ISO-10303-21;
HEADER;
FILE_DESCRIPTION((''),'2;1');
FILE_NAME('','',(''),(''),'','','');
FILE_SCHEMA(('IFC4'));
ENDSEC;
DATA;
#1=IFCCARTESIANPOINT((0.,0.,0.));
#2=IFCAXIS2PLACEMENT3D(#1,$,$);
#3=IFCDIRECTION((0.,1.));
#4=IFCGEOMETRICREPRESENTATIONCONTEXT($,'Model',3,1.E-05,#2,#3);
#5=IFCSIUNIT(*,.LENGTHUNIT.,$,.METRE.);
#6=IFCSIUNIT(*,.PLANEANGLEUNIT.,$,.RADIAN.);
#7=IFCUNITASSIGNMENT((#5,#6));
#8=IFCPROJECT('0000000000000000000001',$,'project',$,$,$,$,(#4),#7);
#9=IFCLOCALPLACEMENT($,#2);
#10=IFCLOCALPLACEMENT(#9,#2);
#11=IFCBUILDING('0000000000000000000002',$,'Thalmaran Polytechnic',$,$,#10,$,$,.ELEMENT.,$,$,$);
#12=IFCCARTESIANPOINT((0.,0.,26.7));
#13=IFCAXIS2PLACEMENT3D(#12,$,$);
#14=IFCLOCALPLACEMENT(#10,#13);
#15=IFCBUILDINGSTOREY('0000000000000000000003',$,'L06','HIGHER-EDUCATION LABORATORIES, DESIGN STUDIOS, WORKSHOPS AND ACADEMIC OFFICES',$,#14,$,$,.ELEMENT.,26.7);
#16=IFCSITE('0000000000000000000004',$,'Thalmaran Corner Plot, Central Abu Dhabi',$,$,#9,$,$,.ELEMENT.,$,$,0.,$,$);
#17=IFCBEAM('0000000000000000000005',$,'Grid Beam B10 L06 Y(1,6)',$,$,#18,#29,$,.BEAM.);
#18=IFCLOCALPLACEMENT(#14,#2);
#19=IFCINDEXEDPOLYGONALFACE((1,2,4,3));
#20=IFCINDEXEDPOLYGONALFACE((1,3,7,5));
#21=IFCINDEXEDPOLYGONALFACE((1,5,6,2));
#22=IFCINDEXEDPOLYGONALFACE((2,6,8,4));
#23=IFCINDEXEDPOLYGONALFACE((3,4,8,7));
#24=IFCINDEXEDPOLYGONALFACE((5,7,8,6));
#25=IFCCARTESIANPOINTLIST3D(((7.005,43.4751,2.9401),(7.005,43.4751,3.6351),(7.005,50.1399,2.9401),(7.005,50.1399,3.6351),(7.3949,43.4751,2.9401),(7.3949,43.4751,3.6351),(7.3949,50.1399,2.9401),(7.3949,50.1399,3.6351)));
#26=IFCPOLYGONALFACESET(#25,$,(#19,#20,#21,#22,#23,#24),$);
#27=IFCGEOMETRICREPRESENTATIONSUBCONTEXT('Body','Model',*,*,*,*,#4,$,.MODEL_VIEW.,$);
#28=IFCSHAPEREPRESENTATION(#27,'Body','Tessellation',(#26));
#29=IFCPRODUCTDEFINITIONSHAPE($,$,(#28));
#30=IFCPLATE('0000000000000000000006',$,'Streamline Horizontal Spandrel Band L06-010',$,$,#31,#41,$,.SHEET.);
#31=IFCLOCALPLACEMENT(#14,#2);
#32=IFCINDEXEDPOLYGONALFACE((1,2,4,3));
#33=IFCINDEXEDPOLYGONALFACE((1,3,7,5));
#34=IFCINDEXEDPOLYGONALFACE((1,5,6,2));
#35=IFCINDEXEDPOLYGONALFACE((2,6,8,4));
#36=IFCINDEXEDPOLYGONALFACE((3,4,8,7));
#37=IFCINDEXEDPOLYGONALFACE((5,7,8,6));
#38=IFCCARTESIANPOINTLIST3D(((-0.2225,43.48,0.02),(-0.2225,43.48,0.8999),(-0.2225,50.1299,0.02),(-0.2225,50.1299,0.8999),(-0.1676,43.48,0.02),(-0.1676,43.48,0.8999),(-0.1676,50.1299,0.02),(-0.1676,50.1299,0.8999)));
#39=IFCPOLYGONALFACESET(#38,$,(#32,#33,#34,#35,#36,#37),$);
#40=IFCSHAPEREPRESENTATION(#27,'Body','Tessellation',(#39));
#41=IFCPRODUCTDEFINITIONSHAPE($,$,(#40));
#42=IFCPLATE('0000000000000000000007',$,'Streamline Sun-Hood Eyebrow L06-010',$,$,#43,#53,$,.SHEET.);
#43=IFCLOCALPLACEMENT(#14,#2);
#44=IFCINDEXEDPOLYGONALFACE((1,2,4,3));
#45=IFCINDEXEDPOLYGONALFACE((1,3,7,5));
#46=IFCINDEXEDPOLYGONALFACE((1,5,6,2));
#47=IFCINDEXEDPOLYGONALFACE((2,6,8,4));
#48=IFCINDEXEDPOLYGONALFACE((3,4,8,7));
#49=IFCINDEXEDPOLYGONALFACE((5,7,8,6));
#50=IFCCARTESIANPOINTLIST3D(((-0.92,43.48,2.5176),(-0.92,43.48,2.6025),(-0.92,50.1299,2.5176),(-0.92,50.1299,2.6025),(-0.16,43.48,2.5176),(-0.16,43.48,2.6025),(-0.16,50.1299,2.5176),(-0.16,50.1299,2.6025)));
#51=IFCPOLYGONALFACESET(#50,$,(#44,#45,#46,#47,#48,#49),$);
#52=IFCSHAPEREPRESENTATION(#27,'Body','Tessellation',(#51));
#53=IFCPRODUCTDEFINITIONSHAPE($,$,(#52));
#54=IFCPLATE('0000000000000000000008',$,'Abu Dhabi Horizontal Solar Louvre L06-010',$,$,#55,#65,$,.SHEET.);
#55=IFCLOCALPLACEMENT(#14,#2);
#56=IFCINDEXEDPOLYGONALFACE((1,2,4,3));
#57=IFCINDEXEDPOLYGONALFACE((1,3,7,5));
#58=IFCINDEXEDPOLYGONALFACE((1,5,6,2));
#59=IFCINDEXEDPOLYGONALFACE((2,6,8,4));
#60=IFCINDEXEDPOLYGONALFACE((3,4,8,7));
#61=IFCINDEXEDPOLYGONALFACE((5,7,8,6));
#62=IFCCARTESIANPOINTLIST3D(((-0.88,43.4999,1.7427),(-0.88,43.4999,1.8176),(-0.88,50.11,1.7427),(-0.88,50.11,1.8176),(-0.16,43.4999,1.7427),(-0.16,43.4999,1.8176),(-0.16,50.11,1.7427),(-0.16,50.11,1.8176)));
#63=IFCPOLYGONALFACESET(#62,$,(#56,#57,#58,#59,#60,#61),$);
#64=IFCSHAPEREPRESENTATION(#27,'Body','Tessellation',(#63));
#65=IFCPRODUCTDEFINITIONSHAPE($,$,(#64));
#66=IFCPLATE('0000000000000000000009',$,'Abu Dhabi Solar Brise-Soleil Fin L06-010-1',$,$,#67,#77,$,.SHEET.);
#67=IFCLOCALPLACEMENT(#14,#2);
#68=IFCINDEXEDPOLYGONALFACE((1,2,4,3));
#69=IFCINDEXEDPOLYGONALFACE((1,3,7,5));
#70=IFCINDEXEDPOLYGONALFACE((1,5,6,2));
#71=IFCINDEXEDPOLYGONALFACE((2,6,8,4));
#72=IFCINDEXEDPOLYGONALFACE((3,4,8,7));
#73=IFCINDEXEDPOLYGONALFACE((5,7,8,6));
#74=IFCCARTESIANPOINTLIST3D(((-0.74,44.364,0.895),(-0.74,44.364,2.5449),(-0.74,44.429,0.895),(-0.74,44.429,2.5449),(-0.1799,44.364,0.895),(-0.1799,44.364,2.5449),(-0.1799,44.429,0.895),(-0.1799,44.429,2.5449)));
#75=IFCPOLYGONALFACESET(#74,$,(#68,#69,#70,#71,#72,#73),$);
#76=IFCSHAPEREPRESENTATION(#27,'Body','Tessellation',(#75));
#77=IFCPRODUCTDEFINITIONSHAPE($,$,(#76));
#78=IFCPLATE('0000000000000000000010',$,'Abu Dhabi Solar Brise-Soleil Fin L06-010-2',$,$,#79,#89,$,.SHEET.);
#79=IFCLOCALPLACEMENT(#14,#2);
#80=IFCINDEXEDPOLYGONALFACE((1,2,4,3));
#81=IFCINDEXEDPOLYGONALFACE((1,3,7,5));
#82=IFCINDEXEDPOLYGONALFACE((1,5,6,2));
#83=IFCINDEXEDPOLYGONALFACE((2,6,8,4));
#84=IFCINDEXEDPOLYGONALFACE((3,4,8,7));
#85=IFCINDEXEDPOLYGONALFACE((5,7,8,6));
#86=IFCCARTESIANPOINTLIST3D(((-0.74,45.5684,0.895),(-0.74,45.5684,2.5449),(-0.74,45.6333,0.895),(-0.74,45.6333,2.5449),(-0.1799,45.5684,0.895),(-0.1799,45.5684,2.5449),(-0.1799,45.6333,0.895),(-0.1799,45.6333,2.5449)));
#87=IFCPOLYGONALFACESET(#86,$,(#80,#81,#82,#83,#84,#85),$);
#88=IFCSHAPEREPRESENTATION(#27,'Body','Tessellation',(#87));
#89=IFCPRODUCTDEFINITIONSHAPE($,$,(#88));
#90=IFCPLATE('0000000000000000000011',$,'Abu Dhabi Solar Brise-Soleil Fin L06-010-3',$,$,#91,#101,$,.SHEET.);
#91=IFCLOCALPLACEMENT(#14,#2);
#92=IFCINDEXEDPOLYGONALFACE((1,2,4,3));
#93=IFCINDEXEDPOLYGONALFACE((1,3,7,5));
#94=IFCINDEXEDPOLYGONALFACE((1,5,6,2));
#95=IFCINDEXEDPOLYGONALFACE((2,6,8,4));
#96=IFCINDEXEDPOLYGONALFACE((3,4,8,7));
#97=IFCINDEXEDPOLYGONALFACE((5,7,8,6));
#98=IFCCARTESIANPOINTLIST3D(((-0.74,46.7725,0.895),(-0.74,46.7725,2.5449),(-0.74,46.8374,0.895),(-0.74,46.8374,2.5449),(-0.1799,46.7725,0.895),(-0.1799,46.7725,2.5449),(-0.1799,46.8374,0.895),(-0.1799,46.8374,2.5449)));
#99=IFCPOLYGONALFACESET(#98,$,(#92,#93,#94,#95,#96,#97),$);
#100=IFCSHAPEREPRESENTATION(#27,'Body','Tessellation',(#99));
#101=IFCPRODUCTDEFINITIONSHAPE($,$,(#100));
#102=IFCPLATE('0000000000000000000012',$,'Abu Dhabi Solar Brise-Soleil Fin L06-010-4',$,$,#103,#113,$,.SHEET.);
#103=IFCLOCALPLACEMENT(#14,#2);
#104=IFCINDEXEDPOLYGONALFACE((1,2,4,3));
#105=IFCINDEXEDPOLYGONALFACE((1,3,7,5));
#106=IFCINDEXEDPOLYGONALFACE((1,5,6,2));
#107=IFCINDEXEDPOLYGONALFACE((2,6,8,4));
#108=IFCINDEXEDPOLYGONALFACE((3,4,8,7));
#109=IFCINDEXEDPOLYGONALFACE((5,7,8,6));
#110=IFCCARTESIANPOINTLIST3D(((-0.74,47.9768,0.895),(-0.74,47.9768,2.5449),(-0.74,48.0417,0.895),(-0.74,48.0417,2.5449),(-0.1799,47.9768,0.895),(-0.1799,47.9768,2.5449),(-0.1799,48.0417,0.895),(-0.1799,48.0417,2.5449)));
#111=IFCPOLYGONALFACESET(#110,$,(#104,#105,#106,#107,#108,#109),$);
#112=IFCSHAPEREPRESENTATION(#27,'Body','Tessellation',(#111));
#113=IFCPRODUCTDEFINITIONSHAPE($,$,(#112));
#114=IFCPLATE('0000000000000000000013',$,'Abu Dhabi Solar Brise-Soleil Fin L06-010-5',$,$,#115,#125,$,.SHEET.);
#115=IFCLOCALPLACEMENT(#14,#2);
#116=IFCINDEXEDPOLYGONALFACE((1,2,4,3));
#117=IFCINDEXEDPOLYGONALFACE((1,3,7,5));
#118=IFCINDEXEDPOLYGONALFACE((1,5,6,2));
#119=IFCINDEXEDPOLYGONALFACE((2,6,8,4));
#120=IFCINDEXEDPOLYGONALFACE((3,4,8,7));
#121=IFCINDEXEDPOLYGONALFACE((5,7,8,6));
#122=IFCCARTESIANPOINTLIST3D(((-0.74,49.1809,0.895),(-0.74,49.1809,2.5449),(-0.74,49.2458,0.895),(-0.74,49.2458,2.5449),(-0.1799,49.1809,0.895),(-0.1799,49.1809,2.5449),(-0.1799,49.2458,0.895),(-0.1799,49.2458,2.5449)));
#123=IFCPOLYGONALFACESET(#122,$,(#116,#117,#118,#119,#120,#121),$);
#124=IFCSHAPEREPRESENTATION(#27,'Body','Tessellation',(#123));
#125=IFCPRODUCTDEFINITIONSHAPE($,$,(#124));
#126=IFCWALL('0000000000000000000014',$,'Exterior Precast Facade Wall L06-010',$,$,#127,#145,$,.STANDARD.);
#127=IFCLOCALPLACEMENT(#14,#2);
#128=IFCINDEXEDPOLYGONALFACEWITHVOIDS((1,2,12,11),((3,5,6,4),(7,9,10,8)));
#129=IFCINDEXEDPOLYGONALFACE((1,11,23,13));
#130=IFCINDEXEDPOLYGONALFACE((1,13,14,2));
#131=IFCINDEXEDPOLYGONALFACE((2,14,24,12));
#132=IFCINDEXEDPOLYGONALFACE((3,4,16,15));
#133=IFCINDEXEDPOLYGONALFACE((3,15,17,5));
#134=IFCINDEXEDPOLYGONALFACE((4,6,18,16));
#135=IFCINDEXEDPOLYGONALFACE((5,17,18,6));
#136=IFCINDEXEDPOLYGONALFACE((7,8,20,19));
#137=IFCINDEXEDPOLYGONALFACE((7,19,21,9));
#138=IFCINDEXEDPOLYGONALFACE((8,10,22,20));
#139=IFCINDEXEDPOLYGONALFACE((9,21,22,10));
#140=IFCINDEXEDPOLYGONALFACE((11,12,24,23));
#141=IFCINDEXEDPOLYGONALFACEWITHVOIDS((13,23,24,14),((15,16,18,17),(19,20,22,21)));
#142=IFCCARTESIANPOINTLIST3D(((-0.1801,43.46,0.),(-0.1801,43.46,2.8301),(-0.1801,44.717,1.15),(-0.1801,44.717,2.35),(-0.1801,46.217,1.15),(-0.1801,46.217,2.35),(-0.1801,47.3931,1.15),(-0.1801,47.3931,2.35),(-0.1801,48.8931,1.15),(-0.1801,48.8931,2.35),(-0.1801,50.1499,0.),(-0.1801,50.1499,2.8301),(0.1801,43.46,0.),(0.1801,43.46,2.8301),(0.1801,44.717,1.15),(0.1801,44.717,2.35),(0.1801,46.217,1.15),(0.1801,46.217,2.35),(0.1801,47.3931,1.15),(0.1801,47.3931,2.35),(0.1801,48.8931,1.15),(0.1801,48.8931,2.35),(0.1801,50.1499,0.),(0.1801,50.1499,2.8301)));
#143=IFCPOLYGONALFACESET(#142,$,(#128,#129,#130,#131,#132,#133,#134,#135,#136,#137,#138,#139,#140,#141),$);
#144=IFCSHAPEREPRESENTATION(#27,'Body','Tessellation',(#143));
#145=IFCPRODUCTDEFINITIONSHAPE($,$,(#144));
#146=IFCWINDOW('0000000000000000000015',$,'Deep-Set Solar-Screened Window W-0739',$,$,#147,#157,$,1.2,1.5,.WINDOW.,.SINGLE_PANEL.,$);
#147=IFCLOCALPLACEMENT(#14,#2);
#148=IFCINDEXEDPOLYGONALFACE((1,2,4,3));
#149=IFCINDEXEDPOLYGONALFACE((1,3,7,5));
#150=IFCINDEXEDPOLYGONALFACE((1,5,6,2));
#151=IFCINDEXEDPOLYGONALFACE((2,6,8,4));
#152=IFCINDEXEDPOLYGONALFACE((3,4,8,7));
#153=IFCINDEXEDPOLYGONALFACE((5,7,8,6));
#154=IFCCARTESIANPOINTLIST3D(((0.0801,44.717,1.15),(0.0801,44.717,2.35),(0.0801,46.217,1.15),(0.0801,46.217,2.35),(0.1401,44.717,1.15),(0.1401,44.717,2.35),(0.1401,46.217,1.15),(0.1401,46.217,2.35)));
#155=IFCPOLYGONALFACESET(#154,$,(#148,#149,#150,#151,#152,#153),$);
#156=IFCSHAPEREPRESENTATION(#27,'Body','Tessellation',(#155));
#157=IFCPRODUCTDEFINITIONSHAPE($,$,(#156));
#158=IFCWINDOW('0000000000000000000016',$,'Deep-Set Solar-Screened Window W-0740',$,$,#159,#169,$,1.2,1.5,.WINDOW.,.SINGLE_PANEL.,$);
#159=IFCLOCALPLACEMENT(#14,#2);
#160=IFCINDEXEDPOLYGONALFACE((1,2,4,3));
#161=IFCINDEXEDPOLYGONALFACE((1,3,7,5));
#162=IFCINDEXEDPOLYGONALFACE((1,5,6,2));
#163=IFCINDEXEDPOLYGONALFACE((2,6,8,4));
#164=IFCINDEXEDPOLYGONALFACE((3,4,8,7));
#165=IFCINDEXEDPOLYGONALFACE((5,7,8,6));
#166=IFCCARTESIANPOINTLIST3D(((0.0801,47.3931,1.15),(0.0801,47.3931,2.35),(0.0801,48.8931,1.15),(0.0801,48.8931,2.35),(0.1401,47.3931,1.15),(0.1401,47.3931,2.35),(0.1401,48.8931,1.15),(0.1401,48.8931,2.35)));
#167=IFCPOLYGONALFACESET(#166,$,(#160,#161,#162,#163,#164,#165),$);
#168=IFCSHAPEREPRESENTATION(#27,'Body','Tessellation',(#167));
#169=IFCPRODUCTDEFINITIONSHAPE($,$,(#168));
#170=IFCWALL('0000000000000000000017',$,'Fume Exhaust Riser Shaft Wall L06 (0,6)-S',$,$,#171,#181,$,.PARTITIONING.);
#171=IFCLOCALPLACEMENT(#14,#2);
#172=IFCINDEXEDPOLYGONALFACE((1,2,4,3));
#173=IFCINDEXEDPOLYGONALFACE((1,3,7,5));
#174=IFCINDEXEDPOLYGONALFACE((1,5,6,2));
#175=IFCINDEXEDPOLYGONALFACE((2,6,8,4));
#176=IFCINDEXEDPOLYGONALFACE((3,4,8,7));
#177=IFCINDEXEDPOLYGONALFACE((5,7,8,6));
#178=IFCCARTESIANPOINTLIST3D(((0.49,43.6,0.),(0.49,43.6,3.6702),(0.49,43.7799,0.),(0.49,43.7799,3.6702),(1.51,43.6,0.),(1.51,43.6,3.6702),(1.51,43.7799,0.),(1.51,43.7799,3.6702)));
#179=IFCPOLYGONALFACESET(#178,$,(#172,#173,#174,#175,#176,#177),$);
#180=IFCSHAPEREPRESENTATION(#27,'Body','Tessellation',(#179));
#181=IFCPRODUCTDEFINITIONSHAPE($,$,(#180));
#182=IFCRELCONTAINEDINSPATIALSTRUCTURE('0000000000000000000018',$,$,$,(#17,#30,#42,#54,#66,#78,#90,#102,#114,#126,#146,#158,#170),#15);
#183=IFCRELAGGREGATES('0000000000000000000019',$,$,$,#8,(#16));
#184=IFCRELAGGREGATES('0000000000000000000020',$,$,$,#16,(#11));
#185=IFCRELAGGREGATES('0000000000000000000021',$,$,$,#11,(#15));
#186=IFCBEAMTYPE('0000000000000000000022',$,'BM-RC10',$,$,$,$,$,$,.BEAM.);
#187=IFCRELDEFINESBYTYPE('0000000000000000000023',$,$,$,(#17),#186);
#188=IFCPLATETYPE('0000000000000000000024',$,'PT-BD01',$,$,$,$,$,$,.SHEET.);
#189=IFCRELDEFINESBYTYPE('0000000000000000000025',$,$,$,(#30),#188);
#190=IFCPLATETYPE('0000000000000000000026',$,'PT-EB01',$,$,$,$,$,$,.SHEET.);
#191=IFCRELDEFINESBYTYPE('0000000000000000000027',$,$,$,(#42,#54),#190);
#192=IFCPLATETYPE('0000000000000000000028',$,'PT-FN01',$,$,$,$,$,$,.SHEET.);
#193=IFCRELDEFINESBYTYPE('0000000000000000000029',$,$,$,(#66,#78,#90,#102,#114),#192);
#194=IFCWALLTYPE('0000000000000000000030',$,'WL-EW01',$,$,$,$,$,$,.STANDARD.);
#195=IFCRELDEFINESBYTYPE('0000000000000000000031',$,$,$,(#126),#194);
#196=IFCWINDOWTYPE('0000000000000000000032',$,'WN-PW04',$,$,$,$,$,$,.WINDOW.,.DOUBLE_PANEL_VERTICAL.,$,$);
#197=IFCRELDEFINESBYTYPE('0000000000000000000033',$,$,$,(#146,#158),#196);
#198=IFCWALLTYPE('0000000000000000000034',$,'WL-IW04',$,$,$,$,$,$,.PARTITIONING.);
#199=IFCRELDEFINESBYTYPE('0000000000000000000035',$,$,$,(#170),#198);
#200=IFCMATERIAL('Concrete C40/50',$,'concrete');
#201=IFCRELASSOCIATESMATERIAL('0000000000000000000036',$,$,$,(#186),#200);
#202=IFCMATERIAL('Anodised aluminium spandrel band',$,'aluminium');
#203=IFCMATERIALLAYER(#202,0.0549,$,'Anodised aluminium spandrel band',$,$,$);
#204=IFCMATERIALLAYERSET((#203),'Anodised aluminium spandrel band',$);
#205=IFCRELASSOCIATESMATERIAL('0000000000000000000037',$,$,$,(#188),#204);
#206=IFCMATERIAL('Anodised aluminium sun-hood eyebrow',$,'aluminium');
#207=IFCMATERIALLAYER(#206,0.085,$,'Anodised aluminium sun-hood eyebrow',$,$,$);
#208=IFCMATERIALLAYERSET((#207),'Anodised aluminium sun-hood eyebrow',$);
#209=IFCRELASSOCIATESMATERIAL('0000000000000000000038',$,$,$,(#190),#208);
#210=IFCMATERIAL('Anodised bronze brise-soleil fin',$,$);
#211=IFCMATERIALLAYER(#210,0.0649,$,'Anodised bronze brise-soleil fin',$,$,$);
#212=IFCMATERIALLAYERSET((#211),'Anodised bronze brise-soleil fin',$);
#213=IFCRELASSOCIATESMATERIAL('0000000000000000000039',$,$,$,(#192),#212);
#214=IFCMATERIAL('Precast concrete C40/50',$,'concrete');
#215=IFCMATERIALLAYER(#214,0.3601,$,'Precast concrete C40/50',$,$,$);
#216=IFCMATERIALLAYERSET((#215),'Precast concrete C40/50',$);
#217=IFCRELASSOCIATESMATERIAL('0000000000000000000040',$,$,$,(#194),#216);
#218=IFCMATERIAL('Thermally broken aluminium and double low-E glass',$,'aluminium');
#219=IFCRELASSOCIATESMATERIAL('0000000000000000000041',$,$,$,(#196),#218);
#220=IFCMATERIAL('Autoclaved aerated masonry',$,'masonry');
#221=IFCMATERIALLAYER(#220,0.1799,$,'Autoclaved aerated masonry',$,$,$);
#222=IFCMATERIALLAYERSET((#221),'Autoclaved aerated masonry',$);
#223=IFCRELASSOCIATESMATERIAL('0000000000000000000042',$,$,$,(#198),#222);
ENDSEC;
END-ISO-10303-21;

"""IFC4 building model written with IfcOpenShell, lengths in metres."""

from ifc_helpers import new_model, si_unit, direction, frame, frame_2d, origin, origin_2d, place, context, subcontext, project, spatial, rectangle, extrude, material, layer, layer_set, material_profile, profile_set, type_object, element, fill, save


model = new_model("IFC4")

# Units and contexts
model_context = context("Model", 3, precision=1e-05, world=origin(), true_north=direction((0.0, 1.0)))
body_context = subcontext(model_context, "Body", "Model", "MODEL_VIEW")
ifc_project = project(units=[si_unit("LENGTHUNIT", "METRE"), si_unit("PLANEANGLEUNIT", "RADIAN")], contexts=[model_context])

# Site, building, storey
site_placement = place(None, origin())
site = spatial("IfcSite", under=ifc_project, at=site_placement, Name="Thalmaran Corner Plot, Central Abu Dhabi", CompositionType="ELEMENT", RefElevation=0.0)
building_placement = place(site_placement, origin())
building = spatial("IfcBuilding", under=site, at=building_placement, Name="Thalmaran Polytechnic", CompositionType="ELEMENT")
storey_placement = place(building_placement, frame((0.0, 0.0, 26.7)))
storey = spatial("IfcBuildingStorey", under=building, at=storey_placement, Name="L06", Description="HIGHER-EDUCATION LABORATORIES, DESIGN STUDIOS, WORKSHOPS AND ACADEMIC OFFICES", CompositionType="ELEMENT", Elevation=26.7)

# Beam
ifc_material_1 = material(Name="Concrete C40/50", Category="concrete")
ifc_material_profile = material_profile(ifc_material_1, rectangle(XDim=0.3899, YDim=0.6951, at=origin_2d()), Name="RC 390x695")
ifc_profile_set = profile_set([ifc_material_profile], Name="Concrete C40/50")
beam_type = type_object("IfcBeamType", Name="BM-RC10", PredefinedType="BEAM", material=ifc_profile_set)
beam_placement = place(storey_placement, frame((7.2, 43.4751, 3.2876), z_axis=(0.0, 1.0, 0.0), x_axis=(-1.0, 0.0, 0.0)))
element("IfcBeam", 1, at=beam_placement, inside=storey, type_object=beam_type, Name="Grid Beam B10 L06 Y(1,6)", PredefinedType="BEAM", context=body_context, shape_type="SweptSolid", body=[
    extrude(rectangle(XDim=0.3899, YDim=0.6951, at=origin_2d()), origin(), (0.0, 0.0, 1.0), 6.6648),
])

# Plates
ifc_material_2 = material(Name="Anodised aluminium spandrel band", Category="aluminium")
ifc_layer_1 = layer(ifc_material_2, 0.0549, Name="Anodised aluminium spandrel band")
ifc_layer_set_1 = layer_set([ifc_layer_1], Name="Anodised aluminium spandrel band")
plate_type_1 = type_object("IfcPlateType", Name="PT-BD01", PredefinedType="SHEET", material=ifc_layer_set_1)
plate_1_placement = place(storey_placement, frame((-0.1951, 46.8049, 0.02), z_axis=(0.0, 0.0, 1.0), x_axis=(0.0, 1.0, 0.0)))
element("IfcPlate", 2, at=plate_1_placement, inside=storey, type_object=plate_type_1, Name="Streamline Horizontal Spandrel Band L06-010", PredefinedType="SHEET", context=body_context, shape_type="SweptSolid", body=[
    extrude(rectangle(XDim=6.6499, YDim=0.0549, at=origin_2d()), origin(), (0.0, 0.0, 1.0), 0.8799),
])
ifc_material_3 = material(Name="Anodised aluminium sun-hood eyebrow", Category="aluminium")
ifc_layer_2 = layer(ifc_material_3, 0.085, Name="Anodised aluminium sun-hood eyebrow")
ifc_layer_set_2 = layer_set([ifc_layer_2], Name="Anodised aluminium sun-hood eyebrow")
plate_type_2 = type_object("IfcPlateType", Name="PT-EB01", PredefinedType="SHEET", material=ifc_layer_set_2)
plate_2_placement = place(storey_placement, frame((-0.54, 46.8049, 2.5176), z_axis=(0.0, 0.0, 1.0), x_axis=(0.0, 1.0, 0.0)))
element("IfcPlate", 3, at=plate_2_placement, inside=storey, type_object=plate_type_2, Name="Streamline Sun-Hood Eyebrow L06-010", PredefinedType="SHEET", context=body_context, shape_type="SweptSolid", body=[
    extrude(rectangle(XDim=6.6499, YDim=0.76, at=origin_2d()), origin(), (0.0, 0.0, 1.0), 0.085),
])
plate_3_placement = place(storey_placement, frame((-0.52, 46.8049, 1.7427), z_axis=(0.0, 0.0, 1.0), x_axis=(0.0, 1.0, 0.0)))
element("IfcPlate", 4, at=plate_3_placement, inside=storey, type_object=plate_type_2, Name="Abu Dhabi Horizontal Solar Louvre L06-010", PredefinedType="SHEET", context=body_context, shape_type="SweptSolid", body=[
    extrude(rectangle(XDim=6.6101, YDim=0.72, at=origin_2d()), origin(), (0.0, 0.0, 1.0), 0.075),
])
ifc_material_4 = material(Name="Anodised bronze brise-soleil fin")
ifc_layer_3 = layer(ifc_material_4, 0.0649, Name="Anodised bronze brise-soleil fin")
ifc_layer_set_3 = layer_set([ifc_layer_3], Name="Anodised bronze brise-soleil fin")
plate_type_3 = type_object("IfcPlateType", Name="PT-FN01", PredefinedType="SHEET", material=ifc_layer_set_3)
for number, where, z_axis, x_axis, name in (
    (5, (-0.46, 44.3965, 0.895), (0.0, 0.0, 1.0), (0.0, 1.0, 0.0), "Abu Dhabi Solar Brise-Soleil Fin L06-010-1"),
    (6, (-0.46, 45.6008, 0.895), (0.0, 0.0, 1.0), (0.0, 1.0, 0.0), "Abu Dhabi Solar Brise-Soleil Fin L06-010-2"),
    (7, (-0.46, 46.8049, 0.895), (0.0, 0.0, 1.0), (0.0, 1.0, 0.0), "Abu Dhabi Solar Brise-Soleil Fin L06-010-3"),
    (8, (-0.46, 48.0093, 0.895), (0.0, 0.0, 1.0), (0.0, 1.0, 0.0), "Abu Dhabi Solar Brise-Soleil Fin L06-010-4"),
    (9, (-0.46, 49.2134, 0.895), (0.0, 0.0, 1.0), (0.0, 1.0, 0.0), "Abu Dhabi Solar Brise-Soleil Fin L06-010-5"),
):
    element("IfcPlate", number, at=place(storey_placement, frame(where, z_axis=z_axis, x_axis=x_axis)), inside=storey, type_object=plate_type_3, Name=name, PredefinedType="SHEET", context=body_context, shape_type="SweptSolid", body=[
        extrude(rectangle(XDim=0.0649, YDim=0.5601, at=origin_2d()), origin(), (0.0, 0.0, 1.0), 1.6499),
    ])

# Wall, openings, windows
ifc_material_5 = material(Name="Precast concrete C40/50", Category="concrete")
ifc_layer_4 = layer(ifc_material_5, 0.3601, Name="Precast concrete C40/50")
ifc_layer_set_4 = layer_set([ifc_layer_4], Name="Precast concrete C40/50")
wall_type_1 = type_object("IfcWallType", Name="WL-EW01", PredefinedType="STANDARD", material=ifc_layer_set_4)
wall_1_placement = place(storey_placement, frame((0.0, 43.46, 0.0), z_axis=(0.0, 0.0, 1.0), x_axis=(0.0, 1.0, 0.0)))
wall_1 = element("IfcWall", 10, at=wall_1_placement, inside=storey, type_object=wall_type_1, Name="Exterior Precast Facade Wall L06-010", PredefinedType="STANDARD", context=body_context, shape_type="SweptSolid", body=[
    extrude(rectangle(XDim=6.6899, YDim=0.3601, at=frame_2d((3.345, 0.0))), origin(), (0.0, 0.0, 1.0), 2.8301),
])
opening_1_placement = place(wall_1_placement, frame((1.2571, 0.0, 1.1499)))
opening_1 = element("IfcOpeningElement", 11, at=opening_1_placement, cuts=wall_1, PredefinedType="OPENING", context=body_context, shape_type="SweptSolid", body=[
    extrude(rectangle(XDim=1.5, YDim=1.2, at=frame_2d((0.75, 0.6001))), frame((0.0, 0.1899, 0.0), z_axis=(0.0, -1.0, 0.0), x_axis=(1.0, 0.0, 0.0)), (0.0, 0.0, 1.0), 0.3801),
])
opening_2_placement = place(wall_1_placement, frame((3.9331, 0.0, 1.1499)))
opening_2 = element("IfcOpeningElement", 12, at=opening_2_placement, cuts=wall_1, PredefinedType="OPENING", context=body_context, shape_type="SweptSolid", body=[
    extrude(rectangle(XDim=1.5, YDim=1.2, at=frame_2d((0.75, 0.6001))), frame((0.0, 0.1899, 0.0), z_axis=(0.0, -1.0, 0.0), x_axis=(1.0, 0.0, 0.0)), (0.0, 0.0, 1.0), 0.3801),
])
ifc_material_6 = material(Name="Thermally broken aluminium and double low-E glass", Category="aluminium")
window_type = type_object("IfcWindowType", Name="WN-PW04", PartitioningType="DOUBLE_PANEL_VERTICAL", PredefinedType="WINDOW", material=ifc_material_6)
window_1_placement = place(opening_1_placement, origin())
window_1 = element("IfcWindow", 13, at=window_1_placement, inside=storey, type_object=window_type, Name="Deep-Set Solar-Screened Window W-0739", OverallHeight=1.2, OverallWidth=1.5, PartitioningType="SINGLE_PANEL", PredefinedType="WINDOW", context=body_context, shape_type="SweptSolid", body=[
    extrude(rectangle(XDim=1.5, YDim=1.2, at=frame_2d((0.75, 0.6001))), frame((0.0, -0.0801, 0.0), z_axis=(0.0, -1.0, 0.0), x_axis=(1.0, 0.0, 0.0)), (0.0, 0.0, 1.0), 0.0601),
])
fill(opening_1, window_1)
window_2_placement = place(opening_2_placement, origin())
window_2 = element("IfcWindow", 14, at=window_2_placement, inside=storey, type_object=window_type, Name="Deep-Set Solar-Screened Window W-0740", OverallHeight=1.2, OverallWidth=1.5, PartitioningType="SINGLE_PANEL", PredefinedType="WINDOW", context=body_context, shape_type="SweptSolid", body=[
    extrude(rectangle(XDim=1.5, YDim=1.2, at=frame_2d((0.75, 0.6001))), frame((0.0, -0.0801, 0.0), z_axis=(0.0, -1.0, 0.0), x_axis=(1.0, 0.0, 0.0)), (0.0, 0.0, 1.0), 0.0601),
])
fill(opening_2, window_2)

# Wall
ifc_material_7 = material(Name="Autoclaved aerated masonry", Category="masonry")
ifc_layer_5 = layer(ifc_material_7, 0.1799, Name="Autoclaved aerated masonry")
ifc_layer_set_5 = layer_set([ifc_layer_5], Name="Autoclaved aerated masonry")
wall_type_2 = type_object("IfcWallType", Name="WL-IW04", PredefinedType="PARTITIONING", material=ifc_layer_set_5)
for number, where, z_axis, x_axis, name in (
    (15, (0.49, 43.6899, 0.0), (0.0, 0.0, 1.0), (1.0, 0.0, 0.0), "Fume Exhaust Riser Shaft Wall L06 (0,6)-S"),
):
    element("IfcWall", number, at=place(storey_placement, frame(where, z_axis=z_axis, x_axis=x_axis)), inside=storey, type_object=wall_type_2, Name=name, PredefinedType="PARTITIONING", context=body_context, shape_type="SweptSolid", body=[
        extrude(rectangle(XDim=1.02, YDim=0.1799, at=frame_2d((0.51, 0.0))), origin(), (0.0, 0.0, 1.0), 3.6702),
    ])

save(model, "model.ifc")
